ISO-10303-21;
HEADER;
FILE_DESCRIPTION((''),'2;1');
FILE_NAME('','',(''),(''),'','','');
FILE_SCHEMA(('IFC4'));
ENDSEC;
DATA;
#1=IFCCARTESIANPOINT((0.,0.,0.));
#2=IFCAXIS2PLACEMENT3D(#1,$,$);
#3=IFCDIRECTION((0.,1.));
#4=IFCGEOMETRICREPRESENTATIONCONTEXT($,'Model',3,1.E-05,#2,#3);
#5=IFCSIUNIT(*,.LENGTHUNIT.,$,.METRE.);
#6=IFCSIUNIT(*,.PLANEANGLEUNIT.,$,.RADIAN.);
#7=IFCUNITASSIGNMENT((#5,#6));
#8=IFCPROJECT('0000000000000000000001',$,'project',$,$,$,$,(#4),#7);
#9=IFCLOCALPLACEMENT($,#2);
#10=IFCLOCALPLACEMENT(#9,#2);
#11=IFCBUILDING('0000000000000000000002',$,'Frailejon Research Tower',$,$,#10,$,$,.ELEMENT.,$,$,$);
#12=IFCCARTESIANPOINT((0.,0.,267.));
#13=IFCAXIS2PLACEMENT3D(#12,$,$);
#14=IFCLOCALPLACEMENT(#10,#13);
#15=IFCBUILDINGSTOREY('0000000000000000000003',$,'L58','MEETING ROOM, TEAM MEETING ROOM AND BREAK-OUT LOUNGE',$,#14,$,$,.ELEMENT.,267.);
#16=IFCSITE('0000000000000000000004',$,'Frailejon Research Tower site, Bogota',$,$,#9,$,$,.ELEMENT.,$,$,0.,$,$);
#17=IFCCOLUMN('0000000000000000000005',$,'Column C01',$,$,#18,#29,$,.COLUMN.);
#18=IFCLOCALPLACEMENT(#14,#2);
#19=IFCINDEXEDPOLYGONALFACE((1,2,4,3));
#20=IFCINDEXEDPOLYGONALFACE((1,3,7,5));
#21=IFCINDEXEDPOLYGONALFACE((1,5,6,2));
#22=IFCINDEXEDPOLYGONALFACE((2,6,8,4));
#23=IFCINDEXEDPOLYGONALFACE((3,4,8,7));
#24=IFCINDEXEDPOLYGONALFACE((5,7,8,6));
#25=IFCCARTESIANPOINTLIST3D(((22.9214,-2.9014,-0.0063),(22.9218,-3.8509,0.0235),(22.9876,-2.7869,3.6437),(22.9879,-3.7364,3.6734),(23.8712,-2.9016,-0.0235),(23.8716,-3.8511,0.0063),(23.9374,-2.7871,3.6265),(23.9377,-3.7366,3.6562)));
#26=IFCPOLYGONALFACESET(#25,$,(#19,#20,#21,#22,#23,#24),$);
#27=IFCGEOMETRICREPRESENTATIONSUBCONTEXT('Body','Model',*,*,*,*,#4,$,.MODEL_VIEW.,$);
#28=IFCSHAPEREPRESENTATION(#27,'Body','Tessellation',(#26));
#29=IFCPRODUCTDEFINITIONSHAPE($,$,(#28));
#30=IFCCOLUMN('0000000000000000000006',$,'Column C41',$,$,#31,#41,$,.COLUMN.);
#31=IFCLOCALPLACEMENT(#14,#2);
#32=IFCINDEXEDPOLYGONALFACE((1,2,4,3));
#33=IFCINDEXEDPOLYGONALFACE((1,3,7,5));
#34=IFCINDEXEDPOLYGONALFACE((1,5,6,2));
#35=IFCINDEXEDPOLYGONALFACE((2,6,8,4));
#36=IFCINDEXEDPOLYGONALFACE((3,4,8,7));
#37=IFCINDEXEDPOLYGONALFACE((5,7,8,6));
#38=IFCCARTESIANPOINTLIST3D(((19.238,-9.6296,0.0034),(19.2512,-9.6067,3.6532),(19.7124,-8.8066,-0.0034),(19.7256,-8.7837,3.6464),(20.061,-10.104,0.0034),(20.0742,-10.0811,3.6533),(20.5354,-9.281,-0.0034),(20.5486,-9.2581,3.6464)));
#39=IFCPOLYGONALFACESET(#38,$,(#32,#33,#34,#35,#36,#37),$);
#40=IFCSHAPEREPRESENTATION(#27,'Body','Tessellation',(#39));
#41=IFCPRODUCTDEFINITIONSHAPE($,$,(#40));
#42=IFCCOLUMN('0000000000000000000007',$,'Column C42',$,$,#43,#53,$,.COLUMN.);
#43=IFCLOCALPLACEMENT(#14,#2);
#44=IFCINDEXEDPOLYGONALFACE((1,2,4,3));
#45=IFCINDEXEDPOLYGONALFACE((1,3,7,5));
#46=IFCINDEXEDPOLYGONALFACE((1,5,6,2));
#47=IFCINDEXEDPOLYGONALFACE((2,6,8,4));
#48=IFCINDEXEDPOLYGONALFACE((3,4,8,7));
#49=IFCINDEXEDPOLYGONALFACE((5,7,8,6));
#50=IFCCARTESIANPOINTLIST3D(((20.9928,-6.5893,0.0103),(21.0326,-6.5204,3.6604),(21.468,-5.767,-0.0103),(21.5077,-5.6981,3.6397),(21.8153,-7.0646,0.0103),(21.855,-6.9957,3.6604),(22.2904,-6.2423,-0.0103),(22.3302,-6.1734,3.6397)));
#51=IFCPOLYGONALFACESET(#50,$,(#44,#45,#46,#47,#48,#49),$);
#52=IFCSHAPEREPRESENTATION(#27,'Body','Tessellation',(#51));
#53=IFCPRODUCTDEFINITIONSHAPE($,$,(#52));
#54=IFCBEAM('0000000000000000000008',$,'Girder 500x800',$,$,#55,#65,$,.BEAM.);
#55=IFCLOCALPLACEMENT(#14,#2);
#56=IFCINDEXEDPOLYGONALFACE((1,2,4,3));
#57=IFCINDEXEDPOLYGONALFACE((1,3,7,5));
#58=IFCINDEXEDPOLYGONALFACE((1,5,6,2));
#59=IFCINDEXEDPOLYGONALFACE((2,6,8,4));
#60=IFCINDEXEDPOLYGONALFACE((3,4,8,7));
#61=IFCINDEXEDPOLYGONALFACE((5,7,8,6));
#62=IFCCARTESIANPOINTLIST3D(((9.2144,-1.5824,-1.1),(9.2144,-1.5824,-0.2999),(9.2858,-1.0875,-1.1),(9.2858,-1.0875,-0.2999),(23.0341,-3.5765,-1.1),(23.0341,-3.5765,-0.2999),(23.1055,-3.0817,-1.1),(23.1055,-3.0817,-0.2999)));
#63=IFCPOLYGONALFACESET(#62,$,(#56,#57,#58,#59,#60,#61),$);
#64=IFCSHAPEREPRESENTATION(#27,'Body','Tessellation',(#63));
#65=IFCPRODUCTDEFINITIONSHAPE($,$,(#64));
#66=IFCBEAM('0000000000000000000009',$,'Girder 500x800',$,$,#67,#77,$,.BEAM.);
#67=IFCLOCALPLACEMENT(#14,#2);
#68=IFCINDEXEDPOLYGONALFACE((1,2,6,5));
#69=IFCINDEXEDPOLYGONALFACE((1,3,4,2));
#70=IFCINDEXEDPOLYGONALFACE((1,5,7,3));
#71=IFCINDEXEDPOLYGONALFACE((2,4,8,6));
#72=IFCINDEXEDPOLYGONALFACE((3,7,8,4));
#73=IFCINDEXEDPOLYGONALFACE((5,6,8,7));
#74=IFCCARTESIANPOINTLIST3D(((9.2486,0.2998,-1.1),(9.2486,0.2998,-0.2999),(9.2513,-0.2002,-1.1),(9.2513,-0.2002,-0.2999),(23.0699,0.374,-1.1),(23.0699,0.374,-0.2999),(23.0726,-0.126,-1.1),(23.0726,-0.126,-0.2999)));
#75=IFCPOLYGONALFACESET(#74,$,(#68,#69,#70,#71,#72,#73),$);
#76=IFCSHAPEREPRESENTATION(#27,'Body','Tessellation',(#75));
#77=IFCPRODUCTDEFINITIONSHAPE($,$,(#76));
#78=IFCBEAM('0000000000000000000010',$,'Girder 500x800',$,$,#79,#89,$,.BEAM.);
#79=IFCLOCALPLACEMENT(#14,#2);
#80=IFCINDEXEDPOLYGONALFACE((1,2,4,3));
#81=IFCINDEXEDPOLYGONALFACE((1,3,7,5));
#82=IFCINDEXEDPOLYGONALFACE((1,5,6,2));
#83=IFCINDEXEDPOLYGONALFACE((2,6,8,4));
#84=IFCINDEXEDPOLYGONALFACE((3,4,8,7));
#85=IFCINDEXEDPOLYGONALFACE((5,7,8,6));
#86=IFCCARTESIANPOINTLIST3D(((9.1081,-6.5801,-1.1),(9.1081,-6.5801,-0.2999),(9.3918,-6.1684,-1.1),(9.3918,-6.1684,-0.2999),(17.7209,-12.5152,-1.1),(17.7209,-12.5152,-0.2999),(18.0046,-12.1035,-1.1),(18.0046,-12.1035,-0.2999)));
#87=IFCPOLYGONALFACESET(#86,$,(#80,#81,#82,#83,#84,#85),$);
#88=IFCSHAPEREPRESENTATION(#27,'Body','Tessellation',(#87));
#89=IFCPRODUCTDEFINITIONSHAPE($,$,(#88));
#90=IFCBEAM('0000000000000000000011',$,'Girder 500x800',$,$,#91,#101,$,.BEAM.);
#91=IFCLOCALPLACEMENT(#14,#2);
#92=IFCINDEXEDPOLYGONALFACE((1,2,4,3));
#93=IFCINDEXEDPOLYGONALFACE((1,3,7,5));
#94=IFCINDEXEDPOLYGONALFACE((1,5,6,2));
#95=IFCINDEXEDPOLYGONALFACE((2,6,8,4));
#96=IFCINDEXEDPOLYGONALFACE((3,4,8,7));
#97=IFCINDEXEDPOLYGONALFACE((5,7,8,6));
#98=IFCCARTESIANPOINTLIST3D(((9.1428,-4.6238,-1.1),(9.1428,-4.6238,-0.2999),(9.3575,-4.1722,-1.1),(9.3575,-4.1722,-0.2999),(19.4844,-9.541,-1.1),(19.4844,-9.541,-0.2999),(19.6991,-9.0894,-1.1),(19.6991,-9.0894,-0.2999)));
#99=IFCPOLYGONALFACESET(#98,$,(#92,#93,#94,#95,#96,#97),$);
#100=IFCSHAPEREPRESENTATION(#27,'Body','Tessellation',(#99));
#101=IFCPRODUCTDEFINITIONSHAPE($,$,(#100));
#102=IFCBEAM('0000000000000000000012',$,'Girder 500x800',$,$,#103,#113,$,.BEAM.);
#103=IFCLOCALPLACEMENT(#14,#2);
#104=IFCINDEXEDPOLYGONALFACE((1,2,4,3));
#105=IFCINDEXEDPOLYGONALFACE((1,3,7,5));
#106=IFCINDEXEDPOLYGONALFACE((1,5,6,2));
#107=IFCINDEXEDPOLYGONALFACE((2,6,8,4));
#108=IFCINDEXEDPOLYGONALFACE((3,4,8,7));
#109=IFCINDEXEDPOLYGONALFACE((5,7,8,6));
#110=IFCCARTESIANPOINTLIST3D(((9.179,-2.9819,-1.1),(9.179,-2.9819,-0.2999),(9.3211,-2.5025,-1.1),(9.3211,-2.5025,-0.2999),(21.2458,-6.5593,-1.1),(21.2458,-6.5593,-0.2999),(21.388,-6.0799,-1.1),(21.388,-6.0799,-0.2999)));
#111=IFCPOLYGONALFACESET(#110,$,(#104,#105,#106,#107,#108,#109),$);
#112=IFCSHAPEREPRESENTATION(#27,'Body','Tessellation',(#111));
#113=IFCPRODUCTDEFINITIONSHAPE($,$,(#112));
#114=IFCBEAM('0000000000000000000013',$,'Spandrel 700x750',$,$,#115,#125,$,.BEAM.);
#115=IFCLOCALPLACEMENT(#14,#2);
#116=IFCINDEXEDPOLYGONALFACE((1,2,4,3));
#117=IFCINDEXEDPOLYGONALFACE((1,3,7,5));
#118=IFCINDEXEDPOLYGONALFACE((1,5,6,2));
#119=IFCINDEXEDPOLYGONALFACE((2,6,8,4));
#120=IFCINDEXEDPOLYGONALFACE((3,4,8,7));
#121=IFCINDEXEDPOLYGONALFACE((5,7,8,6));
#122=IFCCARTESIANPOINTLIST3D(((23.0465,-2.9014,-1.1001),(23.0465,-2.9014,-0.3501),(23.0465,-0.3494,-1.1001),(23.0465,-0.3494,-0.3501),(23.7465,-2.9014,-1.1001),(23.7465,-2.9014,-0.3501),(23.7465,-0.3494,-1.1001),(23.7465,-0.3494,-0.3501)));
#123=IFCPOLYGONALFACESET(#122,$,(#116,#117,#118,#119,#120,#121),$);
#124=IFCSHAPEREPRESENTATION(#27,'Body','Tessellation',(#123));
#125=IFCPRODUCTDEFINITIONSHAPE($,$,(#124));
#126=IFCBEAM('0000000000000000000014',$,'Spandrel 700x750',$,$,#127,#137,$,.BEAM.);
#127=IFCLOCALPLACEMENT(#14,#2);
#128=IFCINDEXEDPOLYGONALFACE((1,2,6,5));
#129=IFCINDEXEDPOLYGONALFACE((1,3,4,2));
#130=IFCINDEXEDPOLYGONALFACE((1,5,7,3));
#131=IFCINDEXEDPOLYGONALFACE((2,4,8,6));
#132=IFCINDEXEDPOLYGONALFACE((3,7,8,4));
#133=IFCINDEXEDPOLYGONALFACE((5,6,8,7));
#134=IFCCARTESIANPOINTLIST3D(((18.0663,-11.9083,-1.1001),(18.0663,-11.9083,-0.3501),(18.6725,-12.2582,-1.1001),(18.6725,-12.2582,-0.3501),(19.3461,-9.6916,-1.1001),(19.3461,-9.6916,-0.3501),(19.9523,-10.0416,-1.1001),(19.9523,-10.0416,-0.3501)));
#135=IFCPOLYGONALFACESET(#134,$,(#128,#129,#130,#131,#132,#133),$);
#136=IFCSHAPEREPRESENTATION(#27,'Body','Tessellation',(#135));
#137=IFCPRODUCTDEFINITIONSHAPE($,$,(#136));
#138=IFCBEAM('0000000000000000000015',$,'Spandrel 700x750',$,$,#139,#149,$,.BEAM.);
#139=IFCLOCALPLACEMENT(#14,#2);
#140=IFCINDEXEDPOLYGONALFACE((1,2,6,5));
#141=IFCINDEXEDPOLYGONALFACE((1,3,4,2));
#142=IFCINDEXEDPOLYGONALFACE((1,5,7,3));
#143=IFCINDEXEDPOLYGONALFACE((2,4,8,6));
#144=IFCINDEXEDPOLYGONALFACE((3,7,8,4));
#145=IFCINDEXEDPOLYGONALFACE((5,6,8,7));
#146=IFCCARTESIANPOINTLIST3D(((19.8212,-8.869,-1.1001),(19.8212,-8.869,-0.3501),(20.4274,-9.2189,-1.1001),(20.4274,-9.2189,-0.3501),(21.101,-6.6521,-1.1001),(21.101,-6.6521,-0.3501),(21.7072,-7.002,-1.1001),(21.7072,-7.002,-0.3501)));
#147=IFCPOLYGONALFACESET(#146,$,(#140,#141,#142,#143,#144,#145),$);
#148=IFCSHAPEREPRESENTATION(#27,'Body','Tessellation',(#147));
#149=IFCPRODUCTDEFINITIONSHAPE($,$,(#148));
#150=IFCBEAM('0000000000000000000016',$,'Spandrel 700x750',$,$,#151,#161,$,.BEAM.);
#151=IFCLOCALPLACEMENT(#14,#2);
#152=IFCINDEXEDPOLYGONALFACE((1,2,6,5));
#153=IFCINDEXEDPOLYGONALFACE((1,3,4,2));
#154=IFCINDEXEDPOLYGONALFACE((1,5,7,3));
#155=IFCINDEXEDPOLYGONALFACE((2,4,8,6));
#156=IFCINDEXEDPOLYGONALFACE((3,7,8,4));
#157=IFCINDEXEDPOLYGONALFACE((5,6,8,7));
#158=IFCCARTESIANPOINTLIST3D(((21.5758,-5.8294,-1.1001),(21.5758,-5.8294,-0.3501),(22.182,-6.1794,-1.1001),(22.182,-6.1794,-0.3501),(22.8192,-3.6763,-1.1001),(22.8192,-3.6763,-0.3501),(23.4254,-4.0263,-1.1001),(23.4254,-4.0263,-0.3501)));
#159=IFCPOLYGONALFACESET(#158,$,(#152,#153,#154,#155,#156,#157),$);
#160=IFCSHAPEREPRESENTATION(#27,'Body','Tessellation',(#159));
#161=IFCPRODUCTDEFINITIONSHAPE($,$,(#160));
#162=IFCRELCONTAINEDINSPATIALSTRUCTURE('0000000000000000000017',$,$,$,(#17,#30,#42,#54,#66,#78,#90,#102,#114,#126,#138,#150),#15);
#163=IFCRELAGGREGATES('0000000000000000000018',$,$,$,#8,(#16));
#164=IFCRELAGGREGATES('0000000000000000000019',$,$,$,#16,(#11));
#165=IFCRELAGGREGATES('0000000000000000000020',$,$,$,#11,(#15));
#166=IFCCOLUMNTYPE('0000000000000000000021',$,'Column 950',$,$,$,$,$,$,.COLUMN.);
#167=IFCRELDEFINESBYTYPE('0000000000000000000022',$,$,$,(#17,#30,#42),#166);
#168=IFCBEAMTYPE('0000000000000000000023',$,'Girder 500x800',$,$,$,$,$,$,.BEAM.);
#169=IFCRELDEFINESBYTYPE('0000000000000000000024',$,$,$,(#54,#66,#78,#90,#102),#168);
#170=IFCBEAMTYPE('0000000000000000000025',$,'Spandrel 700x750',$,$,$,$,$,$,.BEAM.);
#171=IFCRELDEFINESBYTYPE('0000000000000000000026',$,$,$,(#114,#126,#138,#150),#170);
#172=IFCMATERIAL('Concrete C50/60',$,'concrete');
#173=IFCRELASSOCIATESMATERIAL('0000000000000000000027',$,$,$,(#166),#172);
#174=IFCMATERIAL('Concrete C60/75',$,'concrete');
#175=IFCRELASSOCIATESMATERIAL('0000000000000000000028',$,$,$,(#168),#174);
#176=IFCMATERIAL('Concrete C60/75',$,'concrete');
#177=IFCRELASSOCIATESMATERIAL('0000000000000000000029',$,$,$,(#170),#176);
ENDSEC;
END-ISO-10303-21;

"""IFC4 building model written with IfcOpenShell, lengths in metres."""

from ifc_helpers import new_model, si_unit, direction, frame, origin, origin_2d, place, context, subcontext, project, spatial, rectangle, extrude, material, material_profile, profile_set, type_object, element, save


model = new_model("IFC4")

# Units and contexts
model_context = context("Model", 3, precision=1e-05, world=origin(), true_north=direction((0.0, 1.0)))
body_context = subcontext(model_context, "Body", "Model", "MODEL_VIEW")
ifc_project = project(units=[si_unit("LENGTHUNIT", "METRE"), si_unit("PLANEANGLEUNIT", "RADIAN")], contexts=[model_context])

# Site, building, storey
site_placement = place(None, origin())
site = spatial("IfcSite", under=ifc_project, at=site_placement, Name="Frailejon Research Tower site, Bogota", CompositionType="ELEMENT", RefElevation=0.0)
building_placement = place(site_placement, origin())
building = spatial("IfcBuilding", under=site, at=building_placement, Name="Frailejon Research Tower", CompositionType="ELEMENT")
storey_placement = place(building_placement, frame((0.0, 0.0, 267.0)))
storey = spatial("IfcBuildingStorey", under=building, at=storey_placement, Name="L58", Description="MEETING ROOM, TEAM MEETING ROOM AND BREAK-OUT LOUNGE", CompositionType="ELEMENT", Elevation=267.0)

# Columns
ifc_material_1 = material(Name="Concrete C50/60", Category="concrete")
ifc_material_profile_1 = material_profile(ifc_material_1, rectangle(XDim=0.95, YDim=0.95, at=origin_2d()), Name="Column 950")
ifc_profile_set_1 = profile_set([ifc_material_profile_1], Name="Concrete C50/60")
column_type = type_object("IfcColumnType", Name="Column 950", PredefinedType="COLUMN", material=ifc_profile_set_1)
column_1_placement = place(storey_placement, frame((23.3965, -3.3762, 0.0), z_axis=(0.018115, 0.031351, 0.999344), x_axis=(-0.000375, 0.999508, -0.031349)))
element("IfcColumn", 1, at=column_1_placement, inside=storey, type_object=column_type, Name="Column C01", PredefinedType="COLUMN", context=body_context, shape_type="SweptSolid", body=[
    extrude(rectangle(XDim=0.95, YDim=0.95, at=origin_2d()), origin(), (0.0, 0.0, 1.0), 3.6523),
])
column_2_placement = place(storey_placement, frame((19.8867, -9.4553, 0.0), z_axis=(0.003612, 0.006287, 0.999974), x_axis=(0.499382, 0.866352, -0.007251)))
element("IfcColumn", 2, at=column_2_placement, inside=storey, type_object=column_type, Name="Column C41", PredefinedType="COLUMN", context=body_context, shape_type="SweptSolid", body=[
    extrude(rectangle(XDim=0.95, YDim=0.95, at=origin_2d()), origin(), (0.0, 0.0, 1.0), 3.6499),
])
column_3_placement = place(storey_placement, frame((21.6416, -6.4158, 0.0), z_axis=(0.0109, 0.018858, 0.999763), x_axis=(0.500226, 0.865621, -0.021782)))
element("IfcColumn", 3, at=column_3_placement, inside=storey, type_object=column_type, Name="Column C42", PredefinedType="COLUMN", context=body_context, shape_type="SweptSolid", body=[
    extrude(rectangle(XDim=0.95, YDim=0.95, at=origin_2d()), origin(), (0.0, 0.0, 1.0), 3.6509),
])

# Beams
ifc_material_2 = material(Name="Concrete C60/75", Category="concrete")
ifc_material_profile_2 = material_profile(ifc_material_2, rectangle(XDim=0.5, YDim=0.8, at=origin_2d()), Name="Girder 500x800")
ifc_profile_set_2 = profile_set([ifc_material_profile_2], Name="Concrete C60/75")
beam_type_1 = type_object("IfcBeamType", Name="Girder 500x800", PredefinedType="BEAM", material=ifc_profile_set_2)
beam_1_placement = place(storey_placement, frame((23.0698, -3.3291, -0.7), z_axis=(-0.989749, 0.142817, 0.0), x_axis=(-0.142817, -0.989749, 0.0)))
element("IfcBeam", 4, at=beam_1_placement, inside=storey, type_object=beam_type_1, Name="Girder 500x800", PredefinedType="BEAM", context=body_context, shape_type="SweptSolid", body=[
    extrude(rectangle(XDim=0.5, YDim=0.8, at=origin_2d()), origin(), (0.0, 0.0, 1.0), 13.9629),
])
beam_2_placement = place(storey_placement, frame((23.0713, 0.124, -0.7), z_axis=(-0.999986, -0.00537, 0.0), x_axis=(0.00537, -0.999986, 0.0)))
element("IfcBeam", 5, at=beam_2_placement, inside=storey, type_object=beam_type_1, Name="Girder 500x800", PredefinedType="BEAM", context=body_context, shape_type="SweptSolid", body=[
    extrude(rectangle(XDim=0.5, YDim=0.8, at=origin_2d()), origin(), (0.0, 0.0, 1.0), 13.8215),
])
beam_3_placement = place(storey_placement, frame((17.8628, -12.3093, -0.7), z_axis=(-0.823427, 0.567422, 0.0), x_axis=(-0.567422, -0.823427, 0.0)))
element("IfcBeam", 6, at=beam_3_placement, inside=storey, type_object=beam_type_1, Name="Girder 500x800", PredefinedType="BEAM", context=body_context, shape_type="SweptSolid", body=[
    extrude(rectangle(XDim=0.5, YDim=0.8, at=origin_2d()), origin(), (0.0, 0.0, 1.0), 10.4597),
])
beam_4_placement = place(storey_placement, frame((19.5918, -9.3152, -0.7), z_axis=(-0.903112, 0.429405, 0.0), x_axis=(-0.429405, -0.903112, 0.0)))
element("IfcBeam", 7, at=beam_4_placement, inside=storey, type_object=beam_type_1, Name="Girder 500x800", PredefinedType="BEAM", context=body_context, shape_type="SweptSolid", body=[
    extrude(rectangle(XDim=0.5, YDim=0.8, at=origin_2d()), origin(), (0.0, 0.0, 1.0), 11.4512),
])
beam_5_placement = place(storey_placement, frame((21.3169, -6.3196, -0.7), z_axis=(-0.958754, 0.284236, 0.0), x_axis=(-0.284236, -0.958754, 0.0)))
element("IfcBeam", 8, at=beam_5_placement, inside=storey, type_object=beam_type_1, Name="Girder 500x800", PredefinedType="BEAM", context=body_context, shape_type="SweptSolid", body=[
    extrude(rectangle(XDim=0.5, YDim=0.8, at=origin_2d()), origin(), (0.0, 0.0, 1.0), 12.5859),
])
ifc_material_3 = material(Name="Concrete C60/75", Category="concrete")
ifc_material_profile_3 = material_profile(ifc_material_3, rectangle(XDim=0.7, YDim=0.75, at=origin_2d()), Name="Spandrel 700x750")
ifc_profile_set_3 = profile_set([ifc_material_profile_3], Name="Concrete C60/75")
beam_type_2 = type_object("IfcBeamType", Name="Spandrel 700x750", PredefinedType="BEAM", material=ifc_profile_set_3)
beam_6_placement = place(storey_placement, frame((23.3965, -2.9014, -0.7251), z_axis=(0.0, 1.0, 0.0), x_axis=(-1.0, 0.0, 0.0)))
element("IfcBeam", 9, at=beam_6_placement, inside=storey, type_object=beam_type_2, Name="Spandrel 700x750", PredefinedType="BEAM", context=body_context, shape_type="SweptSolid", body=[
    extrude(rectangle(XDim=0.7, YDim=0.75, at=origin_2d()), origin(), (0.0, 0.0, 1.0), 2.552),
])
beam_7_placement = place(storey_placement, frame((18.3694, -12.0833, -0.7251), z_axis=(0.500017, 0.866016, 0.0), x_axis=(-0.866016, 0.500017, 0.0)))
element("IfcBeam", 10, at=beam_7_placement, inside=storey, type_object=beam_type_2, Name="Spandrel 700x750", PredefinedType="BEAM", context=body_context, shape_type="SweptSolid", body=[
    extrude(rectangle(XDim=0.7, YDim=0.75, at=origin_2d()), origin(), (0.0, 0.0, 1.0), 2.5596),
])
beam_8_placement = place(storey_placement, frame((20.1243, -9.0439, -0.7251), z_axis=(0.499976, 0.866039, 0.0), x_axis=(-0.866039, 0.499976, 0.0)))
element("IfcBeam", 11, at=beam_8_placement, inside=storey, type_object=beam_type_2, Name="Spandrel 700x750", PredefinedType="BEAM", context=body_context, shape_type="SweptSolid", body=[
    extrude(rectangle(XDim=0.7, YDim=0.75, at=origin_2d()), origin(), (0.0, 0.0, 1.0), 2.5598),
])
beam_9_placement = place(storey_placement, frame((21.8789, -6.0044, -0.7251), z_axis=(0.500099, 0.865968, 0.0), x_axis=(-0.865968, 0.500099, 0.0)))
element("IfcBeam", 12, at=beam_9_placement, inside=storey, type_object=beam_type_2, Name="Spandrel 700x750", PredefinedType="BEAM", context=body_context, shape_type="SweptSolid", body=[
    extrude(rectangle(XDim=0.7, YDim=0.75, at=origin_2d()), origin(), (0.0, 0.0, 1.0), 2.4863),
])

save(model, "model.ifc")
